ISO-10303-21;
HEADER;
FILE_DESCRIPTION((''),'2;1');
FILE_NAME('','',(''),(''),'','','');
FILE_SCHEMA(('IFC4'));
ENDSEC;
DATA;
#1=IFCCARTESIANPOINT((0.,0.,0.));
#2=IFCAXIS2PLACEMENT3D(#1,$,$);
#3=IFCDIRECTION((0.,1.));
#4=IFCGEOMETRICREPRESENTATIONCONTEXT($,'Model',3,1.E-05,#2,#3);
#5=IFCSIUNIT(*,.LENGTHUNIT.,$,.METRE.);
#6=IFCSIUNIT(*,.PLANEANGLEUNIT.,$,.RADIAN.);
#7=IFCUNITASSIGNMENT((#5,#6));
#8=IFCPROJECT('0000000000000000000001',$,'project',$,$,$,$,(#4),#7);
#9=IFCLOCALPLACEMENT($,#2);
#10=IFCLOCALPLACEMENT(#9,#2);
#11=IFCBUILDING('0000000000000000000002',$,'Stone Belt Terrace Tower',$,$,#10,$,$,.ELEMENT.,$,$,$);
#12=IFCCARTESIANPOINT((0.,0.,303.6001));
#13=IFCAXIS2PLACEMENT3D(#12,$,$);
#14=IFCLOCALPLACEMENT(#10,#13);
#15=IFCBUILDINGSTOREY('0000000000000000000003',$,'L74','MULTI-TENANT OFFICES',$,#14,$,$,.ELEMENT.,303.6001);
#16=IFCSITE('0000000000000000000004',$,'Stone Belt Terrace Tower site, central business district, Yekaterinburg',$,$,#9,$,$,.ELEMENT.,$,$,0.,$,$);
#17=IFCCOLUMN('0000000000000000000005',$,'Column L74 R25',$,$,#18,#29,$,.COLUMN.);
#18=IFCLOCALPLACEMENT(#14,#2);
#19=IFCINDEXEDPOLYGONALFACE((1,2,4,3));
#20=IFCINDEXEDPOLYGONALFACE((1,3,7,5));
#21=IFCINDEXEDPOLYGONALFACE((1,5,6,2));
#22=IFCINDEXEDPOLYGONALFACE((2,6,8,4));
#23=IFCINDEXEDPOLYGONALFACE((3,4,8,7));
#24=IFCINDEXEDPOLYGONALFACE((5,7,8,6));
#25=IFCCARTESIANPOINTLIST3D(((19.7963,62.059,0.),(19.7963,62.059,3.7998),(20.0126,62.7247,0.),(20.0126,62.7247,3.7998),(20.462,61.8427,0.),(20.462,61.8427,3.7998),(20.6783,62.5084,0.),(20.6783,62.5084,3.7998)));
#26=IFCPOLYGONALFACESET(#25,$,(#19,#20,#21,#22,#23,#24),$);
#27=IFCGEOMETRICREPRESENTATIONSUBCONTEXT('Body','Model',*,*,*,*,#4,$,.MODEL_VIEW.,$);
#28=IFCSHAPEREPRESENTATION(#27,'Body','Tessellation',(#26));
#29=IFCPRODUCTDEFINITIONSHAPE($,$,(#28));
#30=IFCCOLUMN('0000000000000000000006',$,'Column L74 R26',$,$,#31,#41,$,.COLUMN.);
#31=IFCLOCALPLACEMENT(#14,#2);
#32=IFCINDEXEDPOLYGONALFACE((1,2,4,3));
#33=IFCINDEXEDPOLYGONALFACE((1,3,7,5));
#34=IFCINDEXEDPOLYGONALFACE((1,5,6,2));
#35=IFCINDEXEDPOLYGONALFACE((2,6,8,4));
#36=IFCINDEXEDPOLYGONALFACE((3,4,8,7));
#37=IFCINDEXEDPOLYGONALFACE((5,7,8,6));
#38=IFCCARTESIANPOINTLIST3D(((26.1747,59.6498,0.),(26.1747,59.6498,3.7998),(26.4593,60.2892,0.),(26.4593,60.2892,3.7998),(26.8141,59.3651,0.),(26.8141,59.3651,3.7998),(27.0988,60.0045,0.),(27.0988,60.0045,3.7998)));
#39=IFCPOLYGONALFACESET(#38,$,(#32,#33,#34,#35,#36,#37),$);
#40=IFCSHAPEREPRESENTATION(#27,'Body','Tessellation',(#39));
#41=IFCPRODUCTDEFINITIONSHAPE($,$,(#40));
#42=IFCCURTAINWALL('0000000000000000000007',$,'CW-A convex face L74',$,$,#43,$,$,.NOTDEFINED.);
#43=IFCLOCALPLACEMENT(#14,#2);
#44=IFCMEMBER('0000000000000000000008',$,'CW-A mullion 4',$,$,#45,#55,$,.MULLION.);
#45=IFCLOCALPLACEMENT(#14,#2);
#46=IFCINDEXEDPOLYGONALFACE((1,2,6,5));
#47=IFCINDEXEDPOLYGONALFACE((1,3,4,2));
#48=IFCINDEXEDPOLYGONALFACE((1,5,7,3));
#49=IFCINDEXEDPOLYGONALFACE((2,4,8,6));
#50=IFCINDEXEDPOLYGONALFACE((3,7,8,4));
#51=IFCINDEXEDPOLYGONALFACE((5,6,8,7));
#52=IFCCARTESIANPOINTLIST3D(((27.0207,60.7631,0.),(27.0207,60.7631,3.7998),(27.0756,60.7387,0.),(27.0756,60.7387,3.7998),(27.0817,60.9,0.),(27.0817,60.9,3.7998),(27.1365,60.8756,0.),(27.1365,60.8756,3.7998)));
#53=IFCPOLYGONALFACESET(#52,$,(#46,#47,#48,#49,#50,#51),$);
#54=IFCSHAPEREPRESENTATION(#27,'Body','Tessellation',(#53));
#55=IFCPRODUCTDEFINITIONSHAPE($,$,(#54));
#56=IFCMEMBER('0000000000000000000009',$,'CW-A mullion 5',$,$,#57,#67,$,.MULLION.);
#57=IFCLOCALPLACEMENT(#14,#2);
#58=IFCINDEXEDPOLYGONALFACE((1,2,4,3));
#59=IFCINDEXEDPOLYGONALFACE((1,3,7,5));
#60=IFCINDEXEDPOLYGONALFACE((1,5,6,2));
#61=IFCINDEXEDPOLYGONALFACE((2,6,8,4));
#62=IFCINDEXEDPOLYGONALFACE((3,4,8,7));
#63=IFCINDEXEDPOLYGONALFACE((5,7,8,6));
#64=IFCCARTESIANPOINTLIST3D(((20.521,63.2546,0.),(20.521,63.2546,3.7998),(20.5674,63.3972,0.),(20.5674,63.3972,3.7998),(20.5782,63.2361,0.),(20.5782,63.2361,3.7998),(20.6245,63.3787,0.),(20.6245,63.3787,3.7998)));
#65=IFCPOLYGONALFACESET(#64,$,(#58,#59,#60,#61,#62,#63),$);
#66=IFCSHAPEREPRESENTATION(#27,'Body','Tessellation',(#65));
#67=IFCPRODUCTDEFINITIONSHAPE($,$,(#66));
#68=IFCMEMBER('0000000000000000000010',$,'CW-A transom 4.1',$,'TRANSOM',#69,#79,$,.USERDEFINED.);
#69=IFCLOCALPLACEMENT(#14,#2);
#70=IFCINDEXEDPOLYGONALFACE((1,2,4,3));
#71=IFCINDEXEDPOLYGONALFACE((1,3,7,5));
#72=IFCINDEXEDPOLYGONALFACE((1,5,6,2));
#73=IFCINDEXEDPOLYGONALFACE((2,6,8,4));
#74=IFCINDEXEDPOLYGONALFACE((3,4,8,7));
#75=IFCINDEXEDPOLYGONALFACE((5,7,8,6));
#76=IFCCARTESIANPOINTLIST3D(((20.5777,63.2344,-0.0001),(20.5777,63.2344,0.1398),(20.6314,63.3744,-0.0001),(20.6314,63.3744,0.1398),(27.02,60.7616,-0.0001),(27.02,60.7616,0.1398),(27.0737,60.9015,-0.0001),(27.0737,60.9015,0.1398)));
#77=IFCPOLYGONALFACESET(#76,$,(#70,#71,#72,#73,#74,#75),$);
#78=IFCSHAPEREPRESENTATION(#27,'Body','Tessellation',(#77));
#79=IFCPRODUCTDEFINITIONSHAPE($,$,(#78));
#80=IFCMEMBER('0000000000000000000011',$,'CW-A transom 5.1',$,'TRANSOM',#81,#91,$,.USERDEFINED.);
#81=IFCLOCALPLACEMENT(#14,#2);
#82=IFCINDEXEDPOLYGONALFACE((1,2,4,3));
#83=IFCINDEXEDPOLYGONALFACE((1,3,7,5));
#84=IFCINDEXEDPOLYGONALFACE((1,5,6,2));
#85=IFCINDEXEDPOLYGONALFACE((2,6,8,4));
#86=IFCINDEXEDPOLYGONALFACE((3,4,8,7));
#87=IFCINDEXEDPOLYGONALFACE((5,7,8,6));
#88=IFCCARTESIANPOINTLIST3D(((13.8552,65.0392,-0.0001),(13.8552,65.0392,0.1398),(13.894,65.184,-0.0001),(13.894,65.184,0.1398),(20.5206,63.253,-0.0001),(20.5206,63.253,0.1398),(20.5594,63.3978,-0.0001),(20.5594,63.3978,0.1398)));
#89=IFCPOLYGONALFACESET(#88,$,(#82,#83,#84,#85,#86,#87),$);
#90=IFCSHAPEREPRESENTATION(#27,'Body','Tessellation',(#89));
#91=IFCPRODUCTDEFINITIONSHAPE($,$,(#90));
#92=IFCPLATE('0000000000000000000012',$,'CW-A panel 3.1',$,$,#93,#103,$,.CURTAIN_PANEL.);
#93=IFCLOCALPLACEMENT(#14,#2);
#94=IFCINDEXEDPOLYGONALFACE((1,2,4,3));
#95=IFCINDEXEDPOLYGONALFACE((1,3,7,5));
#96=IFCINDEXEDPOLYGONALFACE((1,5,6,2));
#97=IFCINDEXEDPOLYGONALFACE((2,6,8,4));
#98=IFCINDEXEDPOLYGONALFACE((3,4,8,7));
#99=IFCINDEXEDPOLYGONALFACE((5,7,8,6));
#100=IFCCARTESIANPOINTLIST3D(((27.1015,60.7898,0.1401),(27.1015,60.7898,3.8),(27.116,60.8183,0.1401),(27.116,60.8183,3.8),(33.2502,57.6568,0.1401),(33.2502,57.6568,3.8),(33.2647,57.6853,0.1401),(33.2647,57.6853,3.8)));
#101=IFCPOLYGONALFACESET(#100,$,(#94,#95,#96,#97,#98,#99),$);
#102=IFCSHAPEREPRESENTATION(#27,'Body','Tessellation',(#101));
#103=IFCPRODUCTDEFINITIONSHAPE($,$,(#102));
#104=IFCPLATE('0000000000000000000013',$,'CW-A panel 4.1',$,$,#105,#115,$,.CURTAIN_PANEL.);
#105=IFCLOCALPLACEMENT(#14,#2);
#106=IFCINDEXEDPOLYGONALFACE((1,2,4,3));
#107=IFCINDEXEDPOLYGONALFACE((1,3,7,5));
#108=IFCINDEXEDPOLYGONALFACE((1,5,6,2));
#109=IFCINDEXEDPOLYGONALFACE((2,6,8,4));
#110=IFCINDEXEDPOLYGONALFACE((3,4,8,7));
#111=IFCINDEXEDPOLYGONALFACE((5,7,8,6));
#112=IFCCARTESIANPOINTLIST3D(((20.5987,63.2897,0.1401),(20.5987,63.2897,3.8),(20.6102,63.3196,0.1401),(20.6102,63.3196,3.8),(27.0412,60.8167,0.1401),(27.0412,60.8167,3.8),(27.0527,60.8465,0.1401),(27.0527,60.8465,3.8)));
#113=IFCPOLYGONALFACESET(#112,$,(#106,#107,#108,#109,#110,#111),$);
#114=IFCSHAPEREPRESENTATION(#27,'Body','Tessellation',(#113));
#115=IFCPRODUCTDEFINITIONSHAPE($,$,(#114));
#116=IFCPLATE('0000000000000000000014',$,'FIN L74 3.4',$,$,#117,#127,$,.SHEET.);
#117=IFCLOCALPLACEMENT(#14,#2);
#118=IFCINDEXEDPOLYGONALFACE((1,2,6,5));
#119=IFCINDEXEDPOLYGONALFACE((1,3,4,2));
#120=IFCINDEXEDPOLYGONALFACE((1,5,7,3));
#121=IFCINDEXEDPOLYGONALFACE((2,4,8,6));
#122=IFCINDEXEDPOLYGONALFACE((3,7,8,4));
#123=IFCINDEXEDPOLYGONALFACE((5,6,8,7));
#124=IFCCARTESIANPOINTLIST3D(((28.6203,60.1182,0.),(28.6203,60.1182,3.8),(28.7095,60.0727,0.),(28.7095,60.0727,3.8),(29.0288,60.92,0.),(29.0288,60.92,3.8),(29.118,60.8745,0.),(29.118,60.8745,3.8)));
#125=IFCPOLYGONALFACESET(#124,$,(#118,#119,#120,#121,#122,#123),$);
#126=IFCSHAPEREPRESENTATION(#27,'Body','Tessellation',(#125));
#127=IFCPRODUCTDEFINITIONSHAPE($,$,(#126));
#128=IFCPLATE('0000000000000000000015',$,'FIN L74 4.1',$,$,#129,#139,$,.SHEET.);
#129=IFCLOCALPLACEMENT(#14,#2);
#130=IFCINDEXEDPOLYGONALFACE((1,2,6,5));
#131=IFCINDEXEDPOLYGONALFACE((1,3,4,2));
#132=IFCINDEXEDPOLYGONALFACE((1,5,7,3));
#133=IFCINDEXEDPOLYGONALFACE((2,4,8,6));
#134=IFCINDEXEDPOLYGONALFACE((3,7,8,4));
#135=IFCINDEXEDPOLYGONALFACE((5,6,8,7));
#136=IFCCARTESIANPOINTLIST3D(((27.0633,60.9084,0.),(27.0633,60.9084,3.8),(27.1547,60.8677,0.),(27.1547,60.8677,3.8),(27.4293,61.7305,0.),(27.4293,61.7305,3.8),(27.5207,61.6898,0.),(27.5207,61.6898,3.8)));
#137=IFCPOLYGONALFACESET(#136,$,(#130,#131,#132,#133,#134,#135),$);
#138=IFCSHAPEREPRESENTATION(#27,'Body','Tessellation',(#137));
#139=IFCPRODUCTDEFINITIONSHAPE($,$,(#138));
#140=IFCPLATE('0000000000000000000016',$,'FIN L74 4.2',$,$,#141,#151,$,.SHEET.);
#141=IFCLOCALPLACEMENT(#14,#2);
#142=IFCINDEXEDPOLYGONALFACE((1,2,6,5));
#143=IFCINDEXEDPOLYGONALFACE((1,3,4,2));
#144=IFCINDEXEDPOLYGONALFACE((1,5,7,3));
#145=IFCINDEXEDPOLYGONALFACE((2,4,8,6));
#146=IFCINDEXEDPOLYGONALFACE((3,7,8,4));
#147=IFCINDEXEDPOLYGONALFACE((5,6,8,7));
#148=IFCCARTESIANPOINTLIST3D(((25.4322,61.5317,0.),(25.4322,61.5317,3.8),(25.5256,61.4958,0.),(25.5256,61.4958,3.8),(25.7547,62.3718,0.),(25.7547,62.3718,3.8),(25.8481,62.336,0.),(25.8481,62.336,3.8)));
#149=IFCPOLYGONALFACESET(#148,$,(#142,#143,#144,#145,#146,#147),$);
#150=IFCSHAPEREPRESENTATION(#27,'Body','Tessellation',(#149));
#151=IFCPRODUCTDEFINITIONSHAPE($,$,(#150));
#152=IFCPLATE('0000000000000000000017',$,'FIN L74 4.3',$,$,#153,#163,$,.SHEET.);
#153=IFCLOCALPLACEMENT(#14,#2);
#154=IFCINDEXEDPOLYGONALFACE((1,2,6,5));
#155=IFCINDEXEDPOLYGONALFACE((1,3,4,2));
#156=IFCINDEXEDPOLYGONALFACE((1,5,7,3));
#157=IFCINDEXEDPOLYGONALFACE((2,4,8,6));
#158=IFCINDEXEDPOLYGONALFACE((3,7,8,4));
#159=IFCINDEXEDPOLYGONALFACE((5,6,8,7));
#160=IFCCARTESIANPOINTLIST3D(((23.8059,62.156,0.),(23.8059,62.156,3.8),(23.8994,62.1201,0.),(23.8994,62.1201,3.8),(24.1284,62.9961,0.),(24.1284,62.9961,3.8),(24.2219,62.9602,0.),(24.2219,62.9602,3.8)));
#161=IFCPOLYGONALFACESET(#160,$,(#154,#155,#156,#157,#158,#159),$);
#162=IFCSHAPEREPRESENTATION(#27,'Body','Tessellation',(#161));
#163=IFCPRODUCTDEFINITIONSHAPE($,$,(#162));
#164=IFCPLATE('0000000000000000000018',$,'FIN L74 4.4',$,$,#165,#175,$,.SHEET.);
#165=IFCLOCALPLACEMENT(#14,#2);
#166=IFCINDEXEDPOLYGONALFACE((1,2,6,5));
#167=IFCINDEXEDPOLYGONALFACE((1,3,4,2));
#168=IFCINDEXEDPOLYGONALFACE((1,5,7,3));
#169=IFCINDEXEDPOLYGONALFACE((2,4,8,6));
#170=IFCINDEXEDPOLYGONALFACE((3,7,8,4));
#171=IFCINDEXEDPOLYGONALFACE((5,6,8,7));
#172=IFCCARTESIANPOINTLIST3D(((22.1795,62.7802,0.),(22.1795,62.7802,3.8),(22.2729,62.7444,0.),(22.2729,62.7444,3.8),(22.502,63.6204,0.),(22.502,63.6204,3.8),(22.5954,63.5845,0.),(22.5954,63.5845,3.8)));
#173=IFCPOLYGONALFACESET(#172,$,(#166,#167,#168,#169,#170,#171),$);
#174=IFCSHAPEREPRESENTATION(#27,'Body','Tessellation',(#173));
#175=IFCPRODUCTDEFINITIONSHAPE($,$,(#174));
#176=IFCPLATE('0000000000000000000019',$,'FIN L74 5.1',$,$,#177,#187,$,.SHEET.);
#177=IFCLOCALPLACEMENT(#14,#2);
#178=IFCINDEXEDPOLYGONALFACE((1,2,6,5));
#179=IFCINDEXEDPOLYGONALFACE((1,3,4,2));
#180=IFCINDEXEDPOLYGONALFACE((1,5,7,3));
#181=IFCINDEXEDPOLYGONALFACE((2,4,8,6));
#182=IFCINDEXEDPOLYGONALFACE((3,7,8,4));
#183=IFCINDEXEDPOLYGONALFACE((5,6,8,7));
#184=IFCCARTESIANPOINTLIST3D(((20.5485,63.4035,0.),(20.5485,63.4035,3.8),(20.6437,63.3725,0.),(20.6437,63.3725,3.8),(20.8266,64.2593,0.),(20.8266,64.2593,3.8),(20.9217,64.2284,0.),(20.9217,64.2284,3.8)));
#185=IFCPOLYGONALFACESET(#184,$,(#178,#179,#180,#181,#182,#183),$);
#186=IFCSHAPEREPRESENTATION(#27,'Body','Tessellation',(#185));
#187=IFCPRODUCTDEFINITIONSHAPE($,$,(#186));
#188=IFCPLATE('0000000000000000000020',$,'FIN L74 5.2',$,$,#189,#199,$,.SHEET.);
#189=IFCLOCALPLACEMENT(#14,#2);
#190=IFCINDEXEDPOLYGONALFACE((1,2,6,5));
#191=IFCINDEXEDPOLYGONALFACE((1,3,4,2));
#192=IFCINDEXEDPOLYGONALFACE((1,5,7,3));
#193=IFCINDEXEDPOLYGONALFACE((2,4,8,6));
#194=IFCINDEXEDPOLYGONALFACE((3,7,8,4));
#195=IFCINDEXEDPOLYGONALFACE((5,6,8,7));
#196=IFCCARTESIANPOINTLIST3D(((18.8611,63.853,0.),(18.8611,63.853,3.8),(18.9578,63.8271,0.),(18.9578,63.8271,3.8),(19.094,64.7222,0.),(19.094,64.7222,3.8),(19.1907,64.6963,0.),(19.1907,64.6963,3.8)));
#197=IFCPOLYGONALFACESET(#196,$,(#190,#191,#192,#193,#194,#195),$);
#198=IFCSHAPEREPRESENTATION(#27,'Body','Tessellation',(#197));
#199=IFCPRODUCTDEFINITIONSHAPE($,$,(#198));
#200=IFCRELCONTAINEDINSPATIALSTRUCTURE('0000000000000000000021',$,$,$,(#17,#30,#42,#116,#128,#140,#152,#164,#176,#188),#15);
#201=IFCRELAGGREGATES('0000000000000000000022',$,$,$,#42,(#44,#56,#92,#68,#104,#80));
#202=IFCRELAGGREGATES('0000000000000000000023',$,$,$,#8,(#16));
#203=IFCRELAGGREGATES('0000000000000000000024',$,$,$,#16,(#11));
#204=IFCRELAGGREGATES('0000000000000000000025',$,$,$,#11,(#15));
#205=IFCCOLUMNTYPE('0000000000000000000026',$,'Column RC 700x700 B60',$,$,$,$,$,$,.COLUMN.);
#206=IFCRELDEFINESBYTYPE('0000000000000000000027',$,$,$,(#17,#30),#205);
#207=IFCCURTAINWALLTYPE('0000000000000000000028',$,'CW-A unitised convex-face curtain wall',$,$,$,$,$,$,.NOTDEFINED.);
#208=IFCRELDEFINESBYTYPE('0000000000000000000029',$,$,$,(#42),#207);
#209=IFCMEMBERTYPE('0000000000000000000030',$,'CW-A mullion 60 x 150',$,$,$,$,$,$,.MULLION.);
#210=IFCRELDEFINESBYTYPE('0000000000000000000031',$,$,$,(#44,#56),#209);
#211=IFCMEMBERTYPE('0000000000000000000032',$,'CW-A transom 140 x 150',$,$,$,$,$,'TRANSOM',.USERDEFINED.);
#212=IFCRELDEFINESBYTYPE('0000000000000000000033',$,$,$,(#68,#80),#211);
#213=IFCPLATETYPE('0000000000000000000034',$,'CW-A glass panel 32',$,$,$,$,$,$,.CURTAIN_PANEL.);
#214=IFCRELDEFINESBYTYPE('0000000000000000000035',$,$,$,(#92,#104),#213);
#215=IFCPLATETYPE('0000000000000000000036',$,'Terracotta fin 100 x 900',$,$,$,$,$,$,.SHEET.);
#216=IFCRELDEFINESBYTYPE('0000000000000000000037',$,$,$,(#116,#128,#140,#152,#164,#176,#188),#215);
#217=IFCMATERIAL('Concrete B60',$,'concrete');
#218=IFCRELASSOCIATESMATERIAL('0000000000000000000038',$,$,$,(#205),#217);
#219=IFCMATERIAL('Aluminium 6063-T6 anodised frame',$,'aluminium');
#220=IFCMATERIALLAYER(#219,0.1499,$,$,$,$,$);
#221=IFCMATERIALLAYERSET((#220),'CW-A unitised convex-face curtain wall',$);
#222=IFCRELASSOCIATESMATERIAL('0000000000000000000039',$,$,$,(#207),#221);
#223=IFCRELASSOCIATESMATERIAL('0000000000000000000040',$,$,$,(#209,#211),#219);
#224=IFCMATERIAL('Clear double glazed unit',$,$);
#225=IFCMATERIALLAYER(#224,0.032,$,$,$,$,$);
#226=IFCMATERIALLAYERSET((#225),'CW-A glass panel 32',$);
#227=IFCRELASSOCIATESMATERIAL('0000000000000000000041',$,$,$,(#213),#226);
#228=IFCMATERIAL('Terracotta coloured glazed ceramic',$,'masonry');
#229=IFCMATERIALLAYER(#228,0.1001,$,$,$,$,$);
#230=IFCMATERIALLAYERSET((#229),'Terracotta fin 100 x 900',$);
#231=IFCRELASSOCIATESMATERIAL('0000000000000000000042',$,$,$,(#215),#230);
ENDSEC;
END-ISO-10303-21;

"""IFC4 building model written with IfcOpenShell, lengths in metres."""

from ifc_helpers import new_model, si_unit, direction, frame, origin, origin_2d, place, context, subcontext, project, spatial, rectangle, extrude, material, layer, layer_set, material_profile, profile_set, type_object, element, aggregate, save


model = new_model("IFC4")

# Units and contexts
model_context = context("Model", 3, precision=1e-05, world=origin(), true_north=direction((0.0, 1.0)))
body_context = subcontext(model_context, "Body", "Model", "MODEL_VIEW")
ifc_project = project(units=[si_unit("LENGTHUNIT", "METRE"), si_unit("PLANEANGLEUNIT", "RADIAN")], contexts=[model_context])

# Site, building, storey
site_placement = place(None, origin())
site = spatial("IfcSite", under=ifc_project, at=site_placement, Name="Stone Belt Terrace Tower site, central business district, Yekaterinburg", CompositionType="ELEMENT", RefElevation=0.0)
building_placement = place(site_placement, origin())
building = spatial("IfcBuilding", under=site, at=building_placement, Name="Stone Belt Terrace Tower", CompositionType="ELEMENT")
storey_placement = place(building_placement, frame((0.0, 0.0, 303.6001)))
storey = spatial("IfcBuildingStorey", under=building, at=storey_placement, Name="L74", Description="MULTI-TENANT OFFICES", CompositionType="ELEMENT", Elevation=303.6001)

# Columns
ifc_material_1 = material(Name="Concrete B60", Category="concrete")
ifc_material_profile_1 = material_profile(ifc_material_1, rectangle(XDim=0.7, YDim=0.7, at=origin_2d()), Name="RC 700x700")
ifc_profile_set_1 = profile_set([ifc_material_profile_1], Name="Concrete B60")
column_type = type_object("IfcColumnType", Name="Column RC 700x700 B60", PredefinedType="COLUMN", material=ifc_profile_set_1)
for number, where, z_axis, x_axis, name in (
    (1, (20.2373, 62.2837, 0.0), (0.0, 0.0, 1.0), (0.951057, -0.309017, 0.0), "Column L74 R25"),
    (2, (26.6367, 59.8271, 0.0), (0.0, 0.0, 1.0), (0.913545, -0.406737, 0.0), "Column L74 R26"),
):
    element("IfcColumn", number, at=place(storey_placement, frame(where, z_axis=z_axis, x_axis=x_axis)), inside=storey, type_object=column_type, Name=name, PredefinedType="COLUMN", context=body_context, shape_type="SweptSolid", body=[
        extrude(rectangle(XDim=0.7, YDim=0.7, at=origin_2d()), origin(), (0.0, 0.0, 1.0), 3.7998),
    ])

# Curtain wall, members, plates
ifc_material_2 = material(Name="Aluminium 6063-T6 anodised frame", Category="aluminium")
ifc_layer_1 = layer(ifc_material_2, 0.1499)
ifc_layer_set_1 = layer_set([ifc_layer_1], Name="CW-A unitised convex-face curtain wall")
curtain_wall_type = type_object("IfcCurtainWallType", Name="CW-A unitised convex-face curtain wall", PredefinedType="NOTDEFINED", material=ifc_layer_set_1)
curtain_wall_placement = place(storey_placement, origin())
curtain_wall = element("IfcCurtainWall", 3, at=curtain_wall_placement, inside=storey, type_object=curtain_wall_type, Name="CW-A convex face L74", PredefinedType="NOTDEFINED")
ifc_material_profile_2 = material_profile(ifc_material_2, rectangle(XDim=0.1499, YDim=0.0601, at=origin_2d()), Name="Aluminium 6063-T6 60x150")
ifc_profile_set_2 = profile_set([ifc_material_profile_2], Name="Aluminium 6063-T6 anodised frame")
member_type_1 = type_object("IfcMemberType", Name="CW-A mullion 60 x 150", PredefinedType="MULLION", material=ifc_profile_set_2)
member_1_placement = place(storey_placement, frame((27.0786, 60.8193, 0.0), z_axis=(0.0, 0.0, 1.0), x_axis=(-0.406737, -0.913545, 0.0)))
member_1 = element("IfcMember", 4, at=member_1_placement, type_object=member_type_1, Name="CW-A mullion 4", PredefinedType="MULLION", context=body_context, shape_type="SweptSolid", body=[
    extrude(rectangle(XDim=0.1499, YDim=0.0601, at=origin_2d()), origin(), (0.0, 0.0, 1.0), 3.7998),
])
member_2_placement = place(storey_placement, frame((20.5728, 63.3167, 0.0), z_axis=(0.0, 0.0, 1.0), x_axis=(-0.309017, -0.951057, 0.0)))
member_2 = element("IfcMember", 5, at=member_2_placement, type_object=member_type_1, Name="CW-A mullion 5", PredefinedType="MULLION", context=body_context, shape_type="SweptSolid", body=[
    extrude(rectangle(XDim=0.1499, YDim=0.0601, at=origin_2d()), origin(), (0.0, 0.0, 1.0), 3.7998),
])
ifc_material_profile_3 = material_profile(ifc_material_2, rectangle(XDim=0.1499, YDim=0.1399, at=origin_2d()), Name="Aluminium 6063-T6 150x140")
ifc_profile_set_3 = profile_set([ifc_material_profile_3], Name="Aluminium 6063-T6 anodised frame")
member_type_2 = type_object("IfcMemberType", Name="CW-A transom 140 x 150", ElementType="TRANSOM", PredefinedType="USERDEFINED", material=ifc_profile_set_3)
member_3_placement = place(storey_placement, frame((27.0469, 60.8315, 0.0698), z_axis=(-0.933585, 0.358355, 0.0), x_axis=(-0.358355, -0.933585, 0.0)))
member_3 = element("IfcMember", 6, at=member_3_placement, type_object=member_type_2, Name="CW-A transom 4.1", ObjectType="TRANSOM", PredefinedType="USERDEFINED", context=body_context, shape_type="SweptSolid", body=[
    extrude(rectangle(XDim=0.1499, YDim=0.1399, at=origin_2d()), origin(), (0.0, 0.0, 1.0), 6.9006),
])
member_4_placement = place(storey_placement, frame((20.54, 63.3254, 0.0698), z_axis=(-0.965922, 0.258834, 0.0), x_axis=(-0.258834, -0.965922, 0.0)))
member_4 = element("IfcMember", 7, at=member_4_placement, type_object=member_type_2, Name="CW-A transom 5.1", ObjectType="TRANSOM", PredefinedType="USERDEFINED", context=body_context, shape_type="SweptSolid", body=[
    extrude(rectangle(XDim=0.1499, YDim=0.1399, at=origin_2d()), origin(), (0.0, 0.0, 1.0), 6.9006),
])
ifc_material_3 = material(Name="Clear double glazed unit")
ifc_layer_2 = layer(ifc_material_3, 0.032)
ifc_layer_set_2 = layer_set([ifc_layer_2], Name="CW-A glass panel 32")
plate_type_1 = type_object("IfcPlateType", Name="CW-A glass panel 32", PredefinedType="CURTAIN_PANEL", material=ifc_layer_set_2)
plate_1_placement = place(storey_placement, frame((30.1831, 59.2375, 0.1401), z_axis=(0.0, 0.0, 1.0), x_axis=(-0.891007, 0.45399, 0.0)))
plate_1 = element("IfcPlate", 8, at=plate_1_placement, type_object=plate_type_1, Name="CW-A panel 3.1", PredefinedType="CURTAIN_PANEL", context=body_context, shape_type="SweptSolid", body=[
    extrude(rectangle(XDim=6.9009, YDim=0.032, at=origin_2d()), origin(), (0.0, 0.0, 1.0), 3.6599),
])
plate_2_placement = place(storey_placement, frame((23.8257, 62.0681, 0.1401), z_axis=(0.0, 0.0, 1.0), x_axis=(-0.93358, 0.358368, 0.0)))
plate_2 = element("IfcPlate", 9, at=plate_2_placement, type_object=plate_type_1, Name="CW-A panel 4.1", PredefinedType="CURTAIN_PANEL", context=body_context, shape_type="SweptSolid", body=[
    extrude(rectangle(XDim=6.9009, YDim=0.032, at=origin_2d()), origin(), (0.0, 0.0, 1.0), 3.6599),
])
aggregate(curtain_wall, [member_1, member_2, plate_1, member_3, plate_2, member_4])

# Plates
ifc_material_4 = material(Name="Terracotta coloured glazed ceramic", Category="masonry")
ifc_layer_3 = layer(ifc_material_4, 0.1001)
ifc_layer_set_3 = layer_set([ifc_layer_3], Name="Terracotta fin 100 x 900")
plate_type_2 = type_object("IfcPlateType", Name="Terracotta fin 100 x 900", PredefinedType="SHEET", material=ifc_layer_set_3)
for number, where, z_axis, x_axis, name in (
    (10, (28.8691, 60.4963, 0.0), (0.0, 0.0, 1.0), (0.45399, 0.891007, 0.0), "FIN L74 3.4"),
    (11, (27.292, 61.2991, 0.0), (0.0, 0.0, 1.0), (0.406737, 0.913545, 0.0), "FIN L74 4.1"),
    (12, (25.6401, 61.9338, 0.0), (0.0, 0.0, 1.0), (0.358368, 0.93358, 0.0), "FIN L74 4.2"),
    (13, (24.0139, 62.5581, 0.0), (0.0, 0.0, 1.0), (0.358368, 0.93358, 0.0), "FIN L74 4.3"),
    (14, (22.3875, 63.1824, 0.0), (0.0, 0.0, 1.0), (0.358368, 0.93358, 0.0), "FIN L74 4.4"),
    (15, (20.7351, 63.8159, 0.0), (0.0, 0.0, 1.0), (0.309017, 0.951057, 0.0), "FIN L74 5.1"),
    (16, (19.0259, 64.2747, 0.0), (0.0, 0.0, 1.0), (0.258819, 0.965926, 0.0), "FIN L74 5.2"),
):
    element("IfcPlate", number, at=place(storey_placement, frame(where, z_axis=z_axis, x_axis=x_axis)), inside=storey, type_object=plate_type_2, Name=name, PredefinedType="SHEET", context=body_context, shape_type="SweptSolid", body=[
        extrude(rectangle(XDim=0.8999, YDim=0.1001, at=origin_2d()), origin(), (0.0, 0.0, 1.0), 3.8),
    ])

save(model, "model.ifc")
